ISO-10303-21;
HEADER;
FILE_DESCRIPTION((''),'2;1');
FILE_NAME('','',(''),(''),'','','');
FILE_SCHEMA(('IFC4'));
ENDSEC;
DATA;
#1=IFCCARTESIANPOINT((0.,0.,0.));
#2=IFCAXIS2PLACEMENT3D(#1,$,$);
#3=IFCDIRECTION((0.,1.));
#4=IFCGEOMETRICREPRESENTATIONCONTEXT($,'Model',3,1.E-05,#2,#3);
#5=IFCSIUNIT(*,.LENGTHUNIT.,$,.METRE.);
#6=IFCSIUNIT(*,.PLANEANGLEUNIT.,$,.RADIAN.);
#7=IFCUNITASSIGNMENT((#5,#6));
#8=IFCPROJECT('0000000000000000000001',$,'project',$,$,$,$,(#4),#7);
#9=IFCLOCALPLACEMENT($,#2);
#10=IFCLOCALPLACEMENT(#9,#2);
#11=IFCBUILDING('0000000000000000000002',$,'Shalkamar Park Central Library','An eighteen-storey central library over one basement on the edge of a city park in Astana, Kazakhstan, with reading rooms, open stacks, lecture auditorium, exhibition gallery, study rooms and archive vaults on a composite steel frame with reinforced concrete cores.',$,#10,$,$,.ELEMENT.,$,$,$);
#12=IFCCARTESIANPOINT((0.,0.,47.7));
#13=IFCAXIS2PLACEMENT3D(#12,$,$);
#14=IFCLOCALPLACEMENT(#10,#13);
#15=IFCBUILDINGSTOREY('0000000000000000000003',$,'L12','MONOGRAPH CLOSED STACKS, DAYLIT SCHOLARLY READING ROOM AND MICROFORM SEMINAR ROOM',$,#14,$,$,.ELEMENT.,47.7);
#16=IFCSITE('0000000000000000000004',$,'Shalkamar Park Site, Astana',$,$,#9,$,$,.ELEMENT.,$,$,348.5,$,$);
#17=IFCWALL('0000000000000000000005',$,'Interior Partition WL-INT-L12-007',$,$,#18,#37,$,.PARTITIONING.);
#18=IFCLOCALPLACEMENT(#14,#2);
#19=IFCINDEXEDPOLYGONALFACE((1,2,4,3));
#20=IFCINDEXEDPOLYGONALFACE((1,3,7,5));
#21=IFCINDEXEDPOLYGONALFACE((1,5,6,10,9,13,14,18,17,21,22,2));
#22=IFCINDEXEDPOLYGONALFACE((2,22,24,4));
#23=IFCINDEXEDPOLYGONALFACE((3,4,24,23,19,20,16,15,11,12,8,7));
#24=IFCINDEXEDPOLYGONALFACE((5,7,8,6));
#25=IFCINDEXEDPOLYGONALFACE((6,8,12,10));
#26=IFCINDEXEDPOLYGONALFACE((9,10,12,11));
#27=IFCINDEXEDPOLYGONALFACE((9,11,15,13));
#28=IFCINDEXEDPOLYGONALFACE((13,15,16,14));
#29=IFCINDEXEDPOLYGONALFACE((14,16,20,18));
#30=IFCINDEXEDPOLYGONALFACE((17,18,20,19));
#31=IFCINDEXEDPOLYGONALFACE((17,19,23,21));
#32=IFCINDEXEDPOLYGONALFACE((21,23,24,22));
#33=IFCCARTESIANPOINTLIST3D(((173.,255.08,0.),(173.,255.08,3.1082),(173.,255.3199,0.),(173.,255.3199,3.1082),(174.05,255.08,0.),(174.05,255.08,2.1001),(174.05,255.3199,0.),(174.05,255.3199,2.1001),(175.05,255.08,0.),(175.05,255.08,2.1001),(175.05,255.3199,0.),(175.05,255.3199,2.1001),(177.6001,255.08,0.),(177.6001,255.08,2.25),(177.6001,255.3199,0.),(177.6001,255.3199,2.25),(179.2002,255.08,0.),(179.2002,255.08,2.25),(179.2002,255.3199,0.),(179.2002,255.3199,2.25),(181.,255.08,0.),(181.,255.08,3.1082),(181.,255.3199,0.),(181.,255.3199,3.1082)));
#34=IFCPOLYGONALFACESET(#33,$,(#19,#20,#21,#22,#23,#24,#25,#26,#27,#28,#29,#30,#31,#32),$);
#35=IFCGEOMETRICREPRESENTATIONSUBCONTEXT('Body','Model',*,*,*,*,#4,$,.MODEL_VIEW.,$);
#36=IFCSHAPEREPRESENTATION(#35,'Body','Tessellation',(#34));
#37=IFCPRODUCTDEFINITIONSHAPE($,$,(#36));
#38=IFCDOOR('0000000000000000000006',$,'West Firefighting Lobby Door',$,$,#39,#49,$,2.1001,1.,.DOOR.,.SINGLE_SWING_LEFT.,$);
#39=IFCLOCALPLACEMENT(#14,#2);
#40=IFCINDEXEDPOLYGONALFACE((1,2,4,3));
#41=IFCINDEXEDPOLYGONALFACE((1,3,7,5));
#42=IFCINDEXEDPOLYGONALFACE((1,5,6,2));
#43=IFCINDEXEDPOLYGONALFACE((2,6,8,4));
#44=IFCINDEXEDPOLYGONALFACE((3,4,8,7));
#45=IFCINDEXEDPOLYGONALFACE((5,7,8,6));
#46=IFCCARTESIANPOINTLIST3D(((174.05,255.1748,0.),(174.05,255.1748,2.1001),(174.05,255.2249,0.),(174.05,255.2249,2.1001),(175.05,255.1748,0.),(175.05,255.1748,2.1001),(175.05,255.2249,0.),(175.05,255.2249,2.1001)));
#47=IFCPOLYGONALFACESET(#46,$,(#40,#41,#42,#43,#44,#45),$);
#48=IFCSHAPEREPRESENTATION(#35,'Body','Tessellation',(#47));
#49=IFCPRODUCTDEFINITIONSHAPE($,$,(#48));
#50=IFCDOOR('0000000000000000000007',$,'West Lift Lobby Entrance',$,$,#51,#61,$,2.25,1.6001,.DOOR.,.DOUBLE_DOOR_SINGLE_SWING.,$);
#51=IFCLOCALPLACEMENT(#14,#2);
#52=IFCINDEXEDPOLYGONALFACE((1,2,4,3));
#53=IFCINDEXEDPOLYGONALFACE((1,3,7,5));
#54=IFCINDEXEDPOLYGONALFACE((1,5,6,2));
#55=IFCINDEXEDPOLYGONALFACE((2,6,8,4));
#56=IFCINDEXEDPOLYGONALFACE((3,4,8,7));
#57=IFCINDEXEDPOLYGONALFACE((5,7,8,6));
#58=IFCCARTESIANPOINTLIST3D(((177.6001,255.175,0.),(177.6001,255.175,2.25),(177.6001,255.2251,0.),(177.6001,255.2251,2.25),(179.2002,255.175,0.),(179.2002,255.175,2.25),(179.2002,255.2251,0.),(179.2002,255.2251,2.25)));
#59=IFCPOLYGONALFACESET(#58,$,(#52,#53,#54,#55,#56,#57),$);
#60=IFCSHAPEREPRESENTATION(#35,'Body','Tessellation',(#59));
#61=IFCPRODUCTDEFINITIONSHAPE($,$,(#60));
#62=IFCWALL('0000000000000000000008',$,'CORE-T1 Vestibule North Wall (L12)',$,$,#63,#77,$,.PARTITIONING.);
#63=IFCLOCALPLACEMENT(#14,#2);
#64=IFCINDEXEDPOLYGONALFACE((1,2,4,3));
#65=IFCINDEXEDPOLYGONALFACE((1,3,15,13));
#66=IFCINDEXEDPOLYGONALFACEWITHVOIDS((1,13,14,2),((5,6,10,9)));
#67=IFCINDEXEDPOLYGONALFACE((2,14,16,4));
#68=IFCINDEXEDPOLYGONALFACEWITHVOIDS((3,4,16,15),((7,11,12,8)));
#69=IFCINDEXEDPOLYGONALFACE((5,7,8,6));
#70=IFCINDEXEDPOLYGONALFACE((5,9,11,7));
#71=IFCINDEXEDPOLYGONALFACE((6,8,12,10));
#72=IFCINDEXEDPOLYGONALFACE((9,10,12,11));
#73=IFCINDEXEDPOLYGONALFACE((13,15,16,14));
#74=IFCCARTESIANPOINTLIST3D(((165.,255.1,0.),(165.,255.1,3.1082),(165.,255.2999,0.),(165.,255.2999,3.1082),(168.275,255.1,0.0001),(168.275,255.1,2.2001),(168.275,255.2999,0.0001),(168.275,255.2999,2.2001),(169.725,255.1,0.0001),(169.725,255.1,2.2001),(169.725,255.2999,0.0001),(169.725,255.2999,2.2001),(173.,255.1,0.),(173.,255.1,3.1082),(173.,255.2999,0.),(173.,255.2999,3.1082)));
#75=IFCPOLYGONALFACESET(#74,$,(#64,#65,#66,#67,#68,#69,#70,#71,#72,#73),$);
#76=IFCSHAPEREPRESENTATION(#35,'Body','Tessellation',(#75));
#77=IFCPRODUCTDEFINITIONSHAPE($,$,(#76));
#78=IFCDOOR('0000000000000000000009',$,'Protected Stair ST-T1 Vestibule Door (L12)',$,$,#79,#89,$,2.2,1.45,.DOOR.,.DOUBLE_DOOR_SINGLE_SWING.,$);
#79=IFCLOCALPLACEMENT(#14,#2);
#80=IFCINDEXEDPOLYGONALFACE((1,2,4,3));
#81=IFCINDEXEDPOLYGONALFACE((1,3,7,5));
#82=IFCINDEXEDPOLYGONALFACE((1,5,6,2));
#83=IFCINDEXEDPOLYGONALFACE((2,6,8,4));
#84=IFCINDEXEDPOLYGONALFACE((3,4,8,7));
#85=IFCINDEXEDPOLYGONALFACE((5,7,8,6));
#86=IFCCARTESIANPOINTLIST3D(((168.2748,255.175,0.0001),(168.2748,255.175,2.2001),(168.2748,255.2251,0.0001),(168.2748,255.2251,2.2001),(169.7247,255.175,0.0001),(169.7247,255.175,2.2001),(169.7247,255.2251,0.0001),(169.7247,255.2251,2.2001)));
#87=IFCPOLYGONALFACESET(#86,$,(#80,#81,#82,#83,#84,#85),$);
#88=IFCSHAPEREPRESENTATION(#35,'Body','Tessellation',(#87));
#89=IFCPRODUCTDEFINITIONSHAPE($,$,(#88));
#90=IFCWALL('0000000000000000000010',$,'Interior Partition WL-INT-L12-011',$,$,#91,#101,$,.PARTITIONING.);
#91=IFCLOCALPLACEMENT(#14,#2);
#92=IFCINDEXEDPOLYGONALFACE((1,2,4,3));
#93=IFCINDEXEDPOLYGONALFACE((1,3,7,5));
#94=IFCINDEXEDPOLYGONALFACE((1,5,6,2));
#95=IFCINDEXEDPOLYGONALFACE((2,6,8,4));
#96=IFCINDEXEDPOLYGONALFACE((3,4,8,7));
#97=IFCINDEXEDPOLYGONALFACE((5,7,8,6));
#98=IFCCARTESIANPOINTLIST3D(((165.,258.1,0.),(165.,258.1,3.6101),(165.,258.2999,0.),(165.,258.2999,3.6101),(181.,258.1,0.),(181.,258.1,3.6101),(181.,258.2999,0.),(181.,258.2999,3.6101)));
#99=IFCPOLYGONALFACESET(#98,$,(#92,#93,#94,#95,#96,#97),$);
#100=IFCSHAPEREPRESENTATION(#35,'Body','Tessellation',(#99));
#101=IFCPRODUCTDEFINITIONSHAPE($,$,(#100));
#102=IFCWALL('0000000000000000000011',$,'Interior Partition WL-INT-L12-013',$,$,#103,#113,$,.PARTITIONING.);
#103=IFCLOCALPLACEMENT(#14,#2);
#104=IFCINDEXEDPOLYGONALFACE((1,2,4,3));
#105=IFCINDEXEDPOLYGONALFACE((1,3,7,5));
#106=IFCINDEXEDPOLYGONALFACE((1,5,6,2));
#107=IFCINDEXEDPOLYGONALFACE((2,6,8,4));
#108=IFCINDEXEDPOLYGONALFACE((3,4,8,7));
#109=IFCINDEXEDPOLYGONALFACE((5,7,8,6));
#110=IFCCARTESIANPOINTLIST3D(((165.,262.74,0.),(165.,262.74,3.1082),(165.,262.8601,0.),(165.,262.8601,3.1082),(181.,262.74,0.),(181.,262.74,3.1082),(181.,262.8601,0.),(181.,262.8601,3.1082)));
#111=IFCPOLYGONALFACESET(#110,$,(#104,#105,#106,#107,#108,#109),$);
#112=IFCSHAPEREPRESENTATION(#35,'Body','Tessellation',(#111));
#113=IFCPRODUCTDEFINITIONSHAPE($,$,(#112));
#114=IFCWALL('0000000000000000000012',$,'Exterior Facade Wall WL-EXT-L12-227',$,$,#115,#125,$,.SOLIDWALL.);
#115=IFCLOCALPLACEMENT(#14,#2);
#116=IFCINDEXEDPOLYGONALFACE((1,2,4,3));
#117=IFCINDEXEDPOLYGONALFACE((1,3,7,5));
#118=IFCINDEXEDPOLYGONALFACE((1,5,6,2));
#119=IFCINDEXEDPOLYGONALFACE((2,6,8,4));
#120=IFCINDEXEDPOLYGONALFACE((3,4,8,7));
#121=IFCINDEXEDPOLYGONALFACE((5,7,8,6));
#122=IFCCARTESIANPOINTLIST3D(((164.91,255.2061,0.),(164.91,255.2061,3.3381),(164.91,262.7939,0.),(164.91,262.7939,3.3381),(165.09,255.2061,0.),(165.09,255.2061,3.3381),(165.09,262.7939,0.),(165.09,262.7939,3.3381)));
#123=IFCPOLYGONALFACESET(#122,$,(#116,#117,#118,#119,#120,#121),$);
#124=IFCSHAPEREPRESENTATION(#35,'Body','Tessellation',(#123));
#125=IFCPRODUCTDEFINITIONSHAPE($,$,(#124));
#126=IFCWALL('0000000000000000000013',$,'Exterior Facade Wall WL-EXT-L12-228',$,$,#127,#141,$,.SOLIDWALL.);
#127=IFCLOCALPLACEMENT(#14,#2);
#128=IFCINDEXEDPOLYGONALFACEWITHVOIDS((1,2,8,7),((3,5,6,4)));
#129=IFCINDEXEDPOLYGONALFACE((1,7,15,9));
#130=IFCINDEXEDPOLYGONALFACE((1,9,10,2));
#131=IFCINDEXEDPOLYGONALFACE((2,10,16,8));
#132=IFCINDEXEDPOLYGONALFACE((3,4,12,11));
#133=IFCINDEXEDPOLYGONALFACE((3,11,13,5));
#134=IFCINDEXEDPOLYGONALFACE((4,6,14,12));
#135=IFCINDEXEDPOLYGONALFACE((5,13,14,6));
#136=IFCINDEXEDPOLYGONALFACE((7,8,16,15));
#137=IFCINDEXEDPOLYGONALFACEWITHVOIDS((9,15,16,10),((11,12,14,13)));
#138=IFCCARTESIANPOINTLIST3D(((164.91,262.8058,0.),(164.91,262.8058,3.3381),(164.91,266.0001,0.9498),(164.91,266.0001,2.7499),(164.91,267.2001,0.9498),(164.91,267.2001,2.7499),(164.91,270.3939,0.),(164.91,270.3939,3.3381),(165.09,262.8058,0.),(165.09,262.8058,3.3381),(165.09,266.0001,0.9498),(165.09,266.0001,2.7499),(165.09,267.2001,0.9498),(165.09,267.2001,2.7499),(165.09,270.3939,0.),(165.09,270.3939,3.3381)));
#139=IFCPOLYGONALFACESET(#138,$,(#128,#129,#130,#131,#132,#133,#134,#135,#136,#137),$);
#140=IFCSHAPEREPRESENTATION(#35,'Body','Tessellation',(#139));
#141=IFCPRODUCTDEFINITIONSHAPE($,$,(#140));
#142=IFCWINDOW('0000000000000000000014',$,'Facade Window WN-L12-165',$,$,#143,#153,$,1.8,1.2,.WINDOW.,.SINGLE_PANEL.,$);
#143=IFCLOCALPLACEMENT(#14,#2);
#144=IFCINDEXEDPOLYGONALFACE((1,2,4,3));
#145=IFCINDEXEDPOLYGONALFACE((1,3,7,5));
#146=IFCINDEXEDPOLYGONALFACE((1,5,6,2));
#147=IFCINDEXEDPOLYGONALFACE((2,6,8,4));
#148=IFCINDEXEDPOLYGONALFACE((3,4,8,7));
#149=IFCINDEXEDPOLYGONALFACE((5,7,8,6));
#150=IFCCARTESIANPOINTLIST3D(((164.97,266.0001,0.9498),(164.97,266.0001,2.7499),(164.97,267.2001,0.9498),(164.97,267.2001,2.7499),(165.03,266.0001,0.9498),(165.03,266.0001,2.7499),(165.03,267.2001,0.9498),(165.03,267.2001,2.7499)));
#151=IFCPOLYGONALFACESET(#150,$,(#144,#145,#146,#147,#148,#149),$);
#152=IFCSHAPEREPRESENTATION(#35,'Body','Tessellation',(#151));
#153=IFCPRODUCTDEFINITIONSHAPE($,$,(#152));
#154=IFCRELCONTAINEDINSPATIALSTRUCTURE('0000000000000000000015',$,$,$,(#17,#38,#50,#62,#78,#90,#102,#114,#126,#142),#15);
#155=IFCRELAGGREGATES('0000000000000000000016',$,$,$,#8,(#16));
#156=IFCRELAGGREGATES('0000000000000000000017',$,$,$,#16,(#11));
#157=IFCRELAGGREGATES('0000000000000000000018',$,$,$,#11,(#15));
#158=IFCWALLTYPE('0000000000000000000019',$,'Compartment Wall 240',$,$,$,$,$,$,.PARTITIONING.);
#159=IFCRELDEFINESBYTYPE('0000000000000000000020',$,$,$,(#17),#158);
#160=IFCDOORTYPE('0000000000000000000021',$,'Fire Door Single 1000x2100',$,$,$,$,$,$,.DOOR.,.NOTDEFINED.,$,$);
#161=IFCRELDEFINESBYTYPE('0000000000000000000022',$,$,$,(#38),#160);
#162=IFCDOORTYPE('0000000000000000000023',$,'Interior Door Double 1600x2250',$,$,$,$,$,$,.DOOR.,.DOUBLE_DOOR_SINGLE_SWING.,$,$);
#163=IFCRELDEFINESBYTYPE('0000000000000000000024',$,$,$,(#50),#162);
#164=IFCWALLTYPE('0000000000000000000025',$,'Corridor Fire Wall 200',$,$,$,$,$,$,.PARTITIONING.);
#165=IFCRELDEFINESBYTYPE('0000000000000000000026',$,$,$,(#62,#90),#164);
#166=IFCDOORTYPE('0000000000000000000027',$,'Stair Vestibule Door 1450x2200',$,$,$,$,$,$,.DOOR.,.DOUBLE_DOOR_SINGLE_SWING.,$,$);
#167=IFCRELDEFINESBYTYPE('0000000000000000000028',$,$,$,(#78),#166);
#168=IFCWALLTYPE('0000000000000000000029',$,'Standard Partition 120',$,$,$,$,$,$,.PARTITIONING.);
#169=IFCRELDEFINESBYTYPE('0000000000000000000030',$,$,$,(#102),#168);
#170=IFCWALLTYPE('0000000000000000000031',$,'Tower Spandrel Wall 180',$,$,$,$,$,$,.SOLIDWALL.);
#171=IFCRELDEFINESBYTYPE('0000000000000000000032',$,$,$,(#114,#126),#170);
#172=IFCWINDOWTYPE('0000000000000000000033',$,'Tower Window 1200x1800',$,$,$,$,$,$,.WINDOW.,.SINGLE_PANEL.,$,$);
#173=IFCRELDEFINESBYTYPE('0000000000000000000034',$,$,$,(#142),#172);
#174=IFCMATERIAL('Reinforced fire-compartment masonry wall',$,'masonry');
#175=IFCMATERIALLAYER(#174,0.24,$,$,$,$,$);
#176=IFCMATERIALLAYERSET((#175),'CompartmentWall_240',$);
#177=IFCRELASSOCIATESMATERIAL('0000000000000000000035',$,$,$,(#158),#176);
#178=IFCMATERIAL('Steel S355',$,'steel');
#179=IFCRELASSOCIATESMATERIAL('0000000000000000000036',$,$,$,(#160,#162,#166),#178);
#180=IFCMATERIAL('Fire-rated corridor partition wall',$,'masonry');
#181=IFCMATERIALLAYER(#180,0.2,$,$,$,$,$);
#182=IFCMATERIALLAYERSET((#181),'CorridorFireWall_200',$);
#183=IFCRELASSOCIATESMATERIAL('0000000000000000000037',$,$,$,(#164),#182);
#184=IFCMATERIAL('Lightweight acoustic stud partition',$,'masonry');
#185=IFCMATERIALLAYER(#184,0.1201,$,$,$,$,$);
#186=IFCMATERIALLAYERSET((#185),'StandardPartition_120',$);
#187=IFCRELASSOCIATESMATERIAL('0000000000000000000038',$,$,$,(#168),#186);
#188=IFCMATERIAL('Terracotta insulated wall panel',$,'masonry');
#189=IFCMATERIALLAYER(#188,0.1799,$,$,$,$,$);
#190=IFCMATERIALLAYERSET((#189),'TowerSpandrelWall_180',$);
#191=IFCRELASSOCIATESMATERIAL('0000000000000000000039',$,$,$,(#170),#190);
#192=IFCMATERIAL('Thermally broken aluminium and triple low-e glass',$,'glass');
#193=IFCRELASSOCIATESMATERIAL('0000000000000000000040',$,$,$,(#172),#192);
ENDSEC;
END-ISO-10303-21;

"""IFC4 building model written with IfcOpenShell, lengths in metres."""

from ifc_helpers import new_model, si_unit, direction, frame, frame_2d, origin, place, context, subcontext, project, spatial, rectangle, extrude, material, layer, layer_set, type_object, element, fill, save


model = new_model("IFC4")

# Units and contexts
model_context = context("Model", 3, precision=1e-05, world=origin(), true_north=direction((0.0, 1.0)))
body_context = subcontext(model_context, "Body", "Model", "MODEL_VIEW")
ifc_project = project(units=[si_unit("LENGTHUNIT", "METRE"), si_unit("PLANEANGLEUNIT", "RADIAN")], contexts=[model_context])

# Site, building, storey
site_placement = place(None, origin())
site = spatial("IfcSite", under=ifc_project, at=site_placement, Name="Shalkamar Park Site, Astana", CompositionType="ELEMENT", RefElevation=348.5)
building_placement = place(site_placement, origin())
building = spatial("IfcBuilding", under=site, at=building_placement, Name="Shalkamar Park Central Library", Description="An eighteen-storey central library over one basement on the edge of a city park in Astana, Kazakhstan, with reading rooms, open stacks, lecture auditorium, exhibition gallery, study rooms and archive vaults on a composite steel frame with reinforced concrete cores.", CompositionType="ELEMENT")
storey_placement = place(building_placement, frame((0.0, 0.0, 47.7)))
storey = spatial("IfcBuildingStorey", under=building, at=storey_placement, Name="L12", Description="MONOGRAPH CLOSED STACKS, DAYLIT SCHOLARLY READING ROOM AND MICROFORM SEMINAR ROOM", CompositionType="ELEMENT", Elevation=47.7)

# Shared definitions
ifc_material_1 = material(Name="Steel S355", Category="steel")

# Wall, openings, doors
ifc_material_2 = material(Name="Reinforced fire-compartment masonry wall", Category="masonry")
ifc_layer_1 = layer(ifc_material_2, 0.24)
ifc_layer_set_1 = layer_set([ifc_layer_1], Name="CompartmentWall_240")
wall_type_1 = type_object("IfcWallType", Name="Compartment Wall 240", PredefinedType="PARTITIONING", material=ifc_layer_set_1)
wall_1_placement = place(storey_placement, frame((173.0, 255.2, 0.0), z_axis=(0.0, 0.0, 1.0), x_axis=(1.0, 0.0, 0.0)))
wall_1 = element("IfcWall", 1, at=wall_1_placement, inside=storey, type_object=wall_type_1, Name="Interior Partition WL-INT-L12-007", PredefinedType="PARTITIONING", context=body_context, shape_type="SweptSolid", body=[
    extrude(rectangle(XDim=8.0, YDim=0.24, at=frame_2d((4.0, 0.0))), origin(), (0.0, 0.0, 1.0), 3.1082),
])
opening_1_placement = place(wall_1_placement, frame((1.05, 0.0, 0.0)))
opening_1 = element("IfcOpeningElement", 2, at=opening_1_placement, cuts=wall_1, PredefinedType="OPENING", context=body_context, shape_type="SweptSolid", body=[
    extrude(rectangle(XDim=1.0, YDim=2.1001, at=frame_2d((0.5, 1.05))), frame((0.0, 0.1348, 0.0), z_axis=(0.0, -1.0, 0.0), x_axis=(1.0, 0.0, 0.0)), (0.0, 0.0, 1.0), 0.2698),
])
opening_2_placement = place(wall_1_placement, frame((4.6001, 0.0, 0.0)))
opening_2 = element("IfcOpeningElement", 3, at=opening_2_placement, cuts=wall_1, PredefinedType="OPENING", context=body_context, shape_type="SweptSolid", body=[
    extrude(rectangle(XDim=1.6001, YDim=2.25, at=frame_2d((0.8, 1.125))), frame((0.0, 0.1348, 0.0), z_axis=(0.0, -1.0, 0.0), x_axis=(1.0, 0.0, 0.0)), (0.0, 0.0, 1.0), 0.2698),
])
door_type_1 = type_object("IfcDoorType", Name="Fire Door Single 1000x2100", OperationType="NOTDEFINED", PredefinedType="DOOR", material=ifc_material_1)
door_1_placement = place(opening_1_placement, origin())
door_1 = element("IfcDoor", 4, at=door_1_placement, inside=storey, type_object=door_type_1, Name="West Firefighting Lobby Door", OperationType="SINGLE_SWING_LEFT", OverallHeight=2.1001, OverallWidth=1.0, PredefinedType="DOOR", context=body_context, shape_type="SweptSolid", body=[
    extrude(rectangle(XDim=1.0, YDim=2.1001, at=frame_2d((0.5, 1.05))), frame((0.0, 0.0249, 0.0), z_axis=(0.0, -1.0, 0.0), x_axis=(1.0, 0.0, 0.0)), (0.0, 0.0, 1.0), 0.05),
])
fill(opening_1, door_1)
door_type_2 = type_object("IfcDoorType", Name="Interior Door Double 1600x2250", OperationType="DOUBLE_DOOR_SINGLE_SWING", PredefinedType="DOOR", material=ifc_material_1)
door_2_placement = place(opening_2_placement, frame((1.6001, 0.0, 0.0), z_axis=(0.0, 0.0, 1.0), x_axis=(-1.0, 0.0, 0.0)))
door_2 = element("IfcDoor", 5, at=door_2_placement, inside=storey, type_object=door_type_2, Name="West Lift Lobby Entrance", OperationType="DOUBLE_DOOR_SINGLE_SWING", OverallHeight=2.25, OverallWidth=1.6001, PredefinedType="DOOR", context=body_context, shape_type="SweptSolid", body=[
    extrude(rectangle(XDim=1.6001, YDim=2.25, at=frame_2d((0.8, 1.125))), frame((0.0, 0.0249, 0.0), z_axis=(0.0, -1.0, 0.0), x_axis=(1.0, 0.0, 0.0)), (0.0, 0.0, 1.0), 0.05),
])
fill(opening_2, door_2)

# Wall, opening, door
ifc_material_3 = material(Name="Fire-rated corridor partition wall", Category="masonry")
ifc_layer_2 = layer(ifc_material_3, 0.2)
ifc_layer_set_2 = layer_set([ifc_layer_2], Name="CorridorFireWall_200")
wall_type_2 = type_object("IfcWallType", Name="Corridor Fire Wall 200", PredefinedType="PARTITIONING", material=ifc_layer_set_2)
wall_2_placement = place(storey_placement, frame((165.0, 255.2, 0.0), z_axis=(0.0, 0.0, 1.0), x_axis=(1.0, 0.0, 0.0)))
wall_2 = element("IfcWall", 6, at=wall_2_placement, inside=storey, type_object=wall_type_2, Name="CORE-T1 Vestibule North Wall (L12)", PredefinedType="PARTITIONING", context=body_context, shape_type="SweptSolid", body=[
    extrude(rectangle(XDim=8.0, YDim=0.2, at=frame_2d((4.0, 0.0))), origin(), (0.0, 0.0, 1.0), 3.1082),
])
opening_3_placement = place(wall_2_placement, frame((3.2749, 0.0, 0.0)))
opening_3 = element("IfcOpeningElement", 7, at=opening_3_placement, cuts=wall_2, PredefinedType="OPENING", context=body_context, shape_type="SweptSolid", body=[
    extrude(rectangle(XDim=1.45, YDim=2.2, at=frame_2d((0.7251, 1.1001))), frame((0.0, 0.1147, 0.0), z_axis=(0.0, -1.0, 0.0), x_axis=(1.0, 0.0, 0.0)), (0.0, 0.0, 1.0), 0.2297),
])
door_type_3 = type_object("IfcDoorType", Name="Stair Vestibule Door 1450x2200", OperationType="DOUBLE_DOOR_SINGLE_SWING", PredefinedType="DOOR", material=ifc_material_1)
door_3_placement = place(opening_3_placement, frame((1.45, 0.0, 0.0), z_axis=(0.0, 0.0, 1.0), x_axis=(-1.0, 0.0, 0.0)))
door_3 = element("IfcDoor", 8, at=door_3_placement, inside=storey, type_object=door_type_3, Name="Protected Stair ST-T1 Vestibule Door (L12)", OperationType="DOUBLE_DOOR_SINGLE_SWING", OverallHeight=2.2, OverallWidth=1.45, PredefinedType="DOOR", context=body_context, shape_type="SweptSolid", body=[
    extrude(rectangle(XDim=1.45, YDim=2.2, at=frame_2d((0.7251, 1.1001))), frame((0.0, 0.0249, 0.0), z_axis=(0.0, -1.0, 0.0), x_axis=(1.0, 0.0, 0.0)), (0.0, 0.0, 1.0), 0.05),
])
fill(opening_3, door_3)

# Walls
wall_3_placement = place(storey_placement, frame((165.0, 258.2, 0.0), z_axis=(0.0, 0.0, 1.0), x_axis=(1.0, 0.0, 0.0)))
element("IfcWall", 9, at=wall_3_placement, inside=storey, type_object=wall_type_2, Name="Interior Partition WL-INT-L12-011", PredefinedType="PARTITIONING", context=body_context, shape_type="SweptSolid", body=[
    extrude(rectangle(XDim=16.0, YDim=0.2, at=frame_2d((8.0, 0.0))), origin(), (0.0, 0.0, 1.0), 3.6101),
])
ifc_material_4 = material(Name="Lightweight acoustic stud partition", Category="masonry")
ifc_layer_3 = layer(ifc_material_4, 0.1201)
ifc_layer_set_3 = layer_set([ifc_layer_3], Name="StandardPartition_120")
wall_type_3 = type_object("IfcWallType", Name="Standard Partition 120", PredefinedType="PARTITIONING", material=ifc_layer_set_3)
wall_4_placement = place(storey_placement, frame((165.0, 262.8, 0.0), z_axis=(0.0, 0.0, 1.0), x_axis=(1.0, 0.0, 0.0)))
element("IfcWall", 10, at=wall_4_placement, inside=storey, type_object=wall_type_3, Name="Interior Partition WL-INT-L12-013", PredefinedType="PARTITIONING", context=body_context, shape_type="SweptSolid", body=[
    extrude(rectangle(XDim=16.0, YDim=0.1201, at=frame_2d((8.0, 0.0))), origin(), (0.0, 0.0, 1.0), 3.1082),
])
ifc_material_5 = material(Name="Terracotta insulated wall panel", Category="masonry")
ifc_layer_4 = layer(ifc_material_5, 0.1799)
ifc_layer_set_4 = layer_set([ifc_layer_4], Name="TowerSpandrelWall_180")
wall_type_4 = type_object("IfcWallType", Name="Tower Spandrel Wall 180", PredefinedType="SOLIDWALL", material=ifc_layer_set_4)
wall_5_placement = place(storey_placement, frame((165.0, 255.2061, 0.0), z_axis=(0.0, 0.0, 1.0), x_axis=(0.0, 1.0, 0.0)))
element("IfcWall", 11, at=wall_5_placement, inside=storey, type_object=wall_type_4, Name="Exterior Facade Wall WL-EXT-L12-227", PredefinedType="SOLIDWALL", context=body_context, shape_type="SweptSolid", body=[
    extrude(rectangle(XDim=7.5879, YDim=0.1799, at=frame_2d((3.7939, 0.0))), origin(), (0.0, 0.0, 1.0), 3.3381),
])

# Wall, opening, window
wall_6_placement = place(storey_placement, frame((165.0, 262.8059, 0.0), z_axis=(0.0, 0.0, 1.0), x_axis=(0.0, 1.0, 0.0)))
wall_6 = element("IfcWall", 12, at=wall_6_placement, inside=storey, type_object=wall_type_4, Name="Exterior Facade Wall WL-EXT-L12-228", PredefinedType="SOLIDWALL", context=body_context, shape_type="SweptSolid", body=[
    extrude(rectangle(XDim=7.5881, YDim=0.1799, at=frame_2d((3.7939, 0.0))), origin(), (0.0, 0.0, 1.0), 3.3381),
])
opening_4_placement = place(wall_6_placement, frame((3.1941, 0.0, 0.95)))
opening_4 = element("IfcOpeningElement", 13, at=opening_4_placement, cuts=wall_6, PredefinedType="OPENING", context=body_context, shape_type="SweptSolid", body=[
    extrude(rectangle(XDim=1.2, YDim=1.8, at=frame_2d((0.6001, 0.8999))), frame((0.0, 0.105, 0.0), z_axis=(0.0, -1.0, 0.0), x_axis=(1.0, 0.0, 0.0)), (0.0, 0.0, 1.0), 0.2097),
])
ifc_material_6 = material(Name="Thermally broken aluminium and triple low-e glass", Category="glass")
window_type = type_object("IfcWindowType", Name="Tower Window 1200x1800", PartitioningType="SINGLE_PANEL", PredefinedType="WINDOW", material=ifc_material_6)
window_placement = place(opening_4_placement, origin())
window = element("IfcWindow", 14, at=window_placement, inside=storey, type_object=window_type, Name="Facade Window WN-L12-165", OverallHeight=1.8, OverallWidth=1.2, PartitioningType="SINGLE_PANEL", PredefinedType="WINDOW", context=body_context, shape_type="SweptSolid", body=[
    extrude(rectangle(XDim=1.2, YDim=1.8, at=frame_2d((0.6001, 0.8999))), frame((0.0, 0.03, 0.0), z_axis=(0.0, -1.0, 0.0), x_axis=(1.0, 0.0, 0.0)), (0.0, 0.0, 1.0), 0.0601),
])
fill(opening_4, window)

save(model, "model.ifc")
